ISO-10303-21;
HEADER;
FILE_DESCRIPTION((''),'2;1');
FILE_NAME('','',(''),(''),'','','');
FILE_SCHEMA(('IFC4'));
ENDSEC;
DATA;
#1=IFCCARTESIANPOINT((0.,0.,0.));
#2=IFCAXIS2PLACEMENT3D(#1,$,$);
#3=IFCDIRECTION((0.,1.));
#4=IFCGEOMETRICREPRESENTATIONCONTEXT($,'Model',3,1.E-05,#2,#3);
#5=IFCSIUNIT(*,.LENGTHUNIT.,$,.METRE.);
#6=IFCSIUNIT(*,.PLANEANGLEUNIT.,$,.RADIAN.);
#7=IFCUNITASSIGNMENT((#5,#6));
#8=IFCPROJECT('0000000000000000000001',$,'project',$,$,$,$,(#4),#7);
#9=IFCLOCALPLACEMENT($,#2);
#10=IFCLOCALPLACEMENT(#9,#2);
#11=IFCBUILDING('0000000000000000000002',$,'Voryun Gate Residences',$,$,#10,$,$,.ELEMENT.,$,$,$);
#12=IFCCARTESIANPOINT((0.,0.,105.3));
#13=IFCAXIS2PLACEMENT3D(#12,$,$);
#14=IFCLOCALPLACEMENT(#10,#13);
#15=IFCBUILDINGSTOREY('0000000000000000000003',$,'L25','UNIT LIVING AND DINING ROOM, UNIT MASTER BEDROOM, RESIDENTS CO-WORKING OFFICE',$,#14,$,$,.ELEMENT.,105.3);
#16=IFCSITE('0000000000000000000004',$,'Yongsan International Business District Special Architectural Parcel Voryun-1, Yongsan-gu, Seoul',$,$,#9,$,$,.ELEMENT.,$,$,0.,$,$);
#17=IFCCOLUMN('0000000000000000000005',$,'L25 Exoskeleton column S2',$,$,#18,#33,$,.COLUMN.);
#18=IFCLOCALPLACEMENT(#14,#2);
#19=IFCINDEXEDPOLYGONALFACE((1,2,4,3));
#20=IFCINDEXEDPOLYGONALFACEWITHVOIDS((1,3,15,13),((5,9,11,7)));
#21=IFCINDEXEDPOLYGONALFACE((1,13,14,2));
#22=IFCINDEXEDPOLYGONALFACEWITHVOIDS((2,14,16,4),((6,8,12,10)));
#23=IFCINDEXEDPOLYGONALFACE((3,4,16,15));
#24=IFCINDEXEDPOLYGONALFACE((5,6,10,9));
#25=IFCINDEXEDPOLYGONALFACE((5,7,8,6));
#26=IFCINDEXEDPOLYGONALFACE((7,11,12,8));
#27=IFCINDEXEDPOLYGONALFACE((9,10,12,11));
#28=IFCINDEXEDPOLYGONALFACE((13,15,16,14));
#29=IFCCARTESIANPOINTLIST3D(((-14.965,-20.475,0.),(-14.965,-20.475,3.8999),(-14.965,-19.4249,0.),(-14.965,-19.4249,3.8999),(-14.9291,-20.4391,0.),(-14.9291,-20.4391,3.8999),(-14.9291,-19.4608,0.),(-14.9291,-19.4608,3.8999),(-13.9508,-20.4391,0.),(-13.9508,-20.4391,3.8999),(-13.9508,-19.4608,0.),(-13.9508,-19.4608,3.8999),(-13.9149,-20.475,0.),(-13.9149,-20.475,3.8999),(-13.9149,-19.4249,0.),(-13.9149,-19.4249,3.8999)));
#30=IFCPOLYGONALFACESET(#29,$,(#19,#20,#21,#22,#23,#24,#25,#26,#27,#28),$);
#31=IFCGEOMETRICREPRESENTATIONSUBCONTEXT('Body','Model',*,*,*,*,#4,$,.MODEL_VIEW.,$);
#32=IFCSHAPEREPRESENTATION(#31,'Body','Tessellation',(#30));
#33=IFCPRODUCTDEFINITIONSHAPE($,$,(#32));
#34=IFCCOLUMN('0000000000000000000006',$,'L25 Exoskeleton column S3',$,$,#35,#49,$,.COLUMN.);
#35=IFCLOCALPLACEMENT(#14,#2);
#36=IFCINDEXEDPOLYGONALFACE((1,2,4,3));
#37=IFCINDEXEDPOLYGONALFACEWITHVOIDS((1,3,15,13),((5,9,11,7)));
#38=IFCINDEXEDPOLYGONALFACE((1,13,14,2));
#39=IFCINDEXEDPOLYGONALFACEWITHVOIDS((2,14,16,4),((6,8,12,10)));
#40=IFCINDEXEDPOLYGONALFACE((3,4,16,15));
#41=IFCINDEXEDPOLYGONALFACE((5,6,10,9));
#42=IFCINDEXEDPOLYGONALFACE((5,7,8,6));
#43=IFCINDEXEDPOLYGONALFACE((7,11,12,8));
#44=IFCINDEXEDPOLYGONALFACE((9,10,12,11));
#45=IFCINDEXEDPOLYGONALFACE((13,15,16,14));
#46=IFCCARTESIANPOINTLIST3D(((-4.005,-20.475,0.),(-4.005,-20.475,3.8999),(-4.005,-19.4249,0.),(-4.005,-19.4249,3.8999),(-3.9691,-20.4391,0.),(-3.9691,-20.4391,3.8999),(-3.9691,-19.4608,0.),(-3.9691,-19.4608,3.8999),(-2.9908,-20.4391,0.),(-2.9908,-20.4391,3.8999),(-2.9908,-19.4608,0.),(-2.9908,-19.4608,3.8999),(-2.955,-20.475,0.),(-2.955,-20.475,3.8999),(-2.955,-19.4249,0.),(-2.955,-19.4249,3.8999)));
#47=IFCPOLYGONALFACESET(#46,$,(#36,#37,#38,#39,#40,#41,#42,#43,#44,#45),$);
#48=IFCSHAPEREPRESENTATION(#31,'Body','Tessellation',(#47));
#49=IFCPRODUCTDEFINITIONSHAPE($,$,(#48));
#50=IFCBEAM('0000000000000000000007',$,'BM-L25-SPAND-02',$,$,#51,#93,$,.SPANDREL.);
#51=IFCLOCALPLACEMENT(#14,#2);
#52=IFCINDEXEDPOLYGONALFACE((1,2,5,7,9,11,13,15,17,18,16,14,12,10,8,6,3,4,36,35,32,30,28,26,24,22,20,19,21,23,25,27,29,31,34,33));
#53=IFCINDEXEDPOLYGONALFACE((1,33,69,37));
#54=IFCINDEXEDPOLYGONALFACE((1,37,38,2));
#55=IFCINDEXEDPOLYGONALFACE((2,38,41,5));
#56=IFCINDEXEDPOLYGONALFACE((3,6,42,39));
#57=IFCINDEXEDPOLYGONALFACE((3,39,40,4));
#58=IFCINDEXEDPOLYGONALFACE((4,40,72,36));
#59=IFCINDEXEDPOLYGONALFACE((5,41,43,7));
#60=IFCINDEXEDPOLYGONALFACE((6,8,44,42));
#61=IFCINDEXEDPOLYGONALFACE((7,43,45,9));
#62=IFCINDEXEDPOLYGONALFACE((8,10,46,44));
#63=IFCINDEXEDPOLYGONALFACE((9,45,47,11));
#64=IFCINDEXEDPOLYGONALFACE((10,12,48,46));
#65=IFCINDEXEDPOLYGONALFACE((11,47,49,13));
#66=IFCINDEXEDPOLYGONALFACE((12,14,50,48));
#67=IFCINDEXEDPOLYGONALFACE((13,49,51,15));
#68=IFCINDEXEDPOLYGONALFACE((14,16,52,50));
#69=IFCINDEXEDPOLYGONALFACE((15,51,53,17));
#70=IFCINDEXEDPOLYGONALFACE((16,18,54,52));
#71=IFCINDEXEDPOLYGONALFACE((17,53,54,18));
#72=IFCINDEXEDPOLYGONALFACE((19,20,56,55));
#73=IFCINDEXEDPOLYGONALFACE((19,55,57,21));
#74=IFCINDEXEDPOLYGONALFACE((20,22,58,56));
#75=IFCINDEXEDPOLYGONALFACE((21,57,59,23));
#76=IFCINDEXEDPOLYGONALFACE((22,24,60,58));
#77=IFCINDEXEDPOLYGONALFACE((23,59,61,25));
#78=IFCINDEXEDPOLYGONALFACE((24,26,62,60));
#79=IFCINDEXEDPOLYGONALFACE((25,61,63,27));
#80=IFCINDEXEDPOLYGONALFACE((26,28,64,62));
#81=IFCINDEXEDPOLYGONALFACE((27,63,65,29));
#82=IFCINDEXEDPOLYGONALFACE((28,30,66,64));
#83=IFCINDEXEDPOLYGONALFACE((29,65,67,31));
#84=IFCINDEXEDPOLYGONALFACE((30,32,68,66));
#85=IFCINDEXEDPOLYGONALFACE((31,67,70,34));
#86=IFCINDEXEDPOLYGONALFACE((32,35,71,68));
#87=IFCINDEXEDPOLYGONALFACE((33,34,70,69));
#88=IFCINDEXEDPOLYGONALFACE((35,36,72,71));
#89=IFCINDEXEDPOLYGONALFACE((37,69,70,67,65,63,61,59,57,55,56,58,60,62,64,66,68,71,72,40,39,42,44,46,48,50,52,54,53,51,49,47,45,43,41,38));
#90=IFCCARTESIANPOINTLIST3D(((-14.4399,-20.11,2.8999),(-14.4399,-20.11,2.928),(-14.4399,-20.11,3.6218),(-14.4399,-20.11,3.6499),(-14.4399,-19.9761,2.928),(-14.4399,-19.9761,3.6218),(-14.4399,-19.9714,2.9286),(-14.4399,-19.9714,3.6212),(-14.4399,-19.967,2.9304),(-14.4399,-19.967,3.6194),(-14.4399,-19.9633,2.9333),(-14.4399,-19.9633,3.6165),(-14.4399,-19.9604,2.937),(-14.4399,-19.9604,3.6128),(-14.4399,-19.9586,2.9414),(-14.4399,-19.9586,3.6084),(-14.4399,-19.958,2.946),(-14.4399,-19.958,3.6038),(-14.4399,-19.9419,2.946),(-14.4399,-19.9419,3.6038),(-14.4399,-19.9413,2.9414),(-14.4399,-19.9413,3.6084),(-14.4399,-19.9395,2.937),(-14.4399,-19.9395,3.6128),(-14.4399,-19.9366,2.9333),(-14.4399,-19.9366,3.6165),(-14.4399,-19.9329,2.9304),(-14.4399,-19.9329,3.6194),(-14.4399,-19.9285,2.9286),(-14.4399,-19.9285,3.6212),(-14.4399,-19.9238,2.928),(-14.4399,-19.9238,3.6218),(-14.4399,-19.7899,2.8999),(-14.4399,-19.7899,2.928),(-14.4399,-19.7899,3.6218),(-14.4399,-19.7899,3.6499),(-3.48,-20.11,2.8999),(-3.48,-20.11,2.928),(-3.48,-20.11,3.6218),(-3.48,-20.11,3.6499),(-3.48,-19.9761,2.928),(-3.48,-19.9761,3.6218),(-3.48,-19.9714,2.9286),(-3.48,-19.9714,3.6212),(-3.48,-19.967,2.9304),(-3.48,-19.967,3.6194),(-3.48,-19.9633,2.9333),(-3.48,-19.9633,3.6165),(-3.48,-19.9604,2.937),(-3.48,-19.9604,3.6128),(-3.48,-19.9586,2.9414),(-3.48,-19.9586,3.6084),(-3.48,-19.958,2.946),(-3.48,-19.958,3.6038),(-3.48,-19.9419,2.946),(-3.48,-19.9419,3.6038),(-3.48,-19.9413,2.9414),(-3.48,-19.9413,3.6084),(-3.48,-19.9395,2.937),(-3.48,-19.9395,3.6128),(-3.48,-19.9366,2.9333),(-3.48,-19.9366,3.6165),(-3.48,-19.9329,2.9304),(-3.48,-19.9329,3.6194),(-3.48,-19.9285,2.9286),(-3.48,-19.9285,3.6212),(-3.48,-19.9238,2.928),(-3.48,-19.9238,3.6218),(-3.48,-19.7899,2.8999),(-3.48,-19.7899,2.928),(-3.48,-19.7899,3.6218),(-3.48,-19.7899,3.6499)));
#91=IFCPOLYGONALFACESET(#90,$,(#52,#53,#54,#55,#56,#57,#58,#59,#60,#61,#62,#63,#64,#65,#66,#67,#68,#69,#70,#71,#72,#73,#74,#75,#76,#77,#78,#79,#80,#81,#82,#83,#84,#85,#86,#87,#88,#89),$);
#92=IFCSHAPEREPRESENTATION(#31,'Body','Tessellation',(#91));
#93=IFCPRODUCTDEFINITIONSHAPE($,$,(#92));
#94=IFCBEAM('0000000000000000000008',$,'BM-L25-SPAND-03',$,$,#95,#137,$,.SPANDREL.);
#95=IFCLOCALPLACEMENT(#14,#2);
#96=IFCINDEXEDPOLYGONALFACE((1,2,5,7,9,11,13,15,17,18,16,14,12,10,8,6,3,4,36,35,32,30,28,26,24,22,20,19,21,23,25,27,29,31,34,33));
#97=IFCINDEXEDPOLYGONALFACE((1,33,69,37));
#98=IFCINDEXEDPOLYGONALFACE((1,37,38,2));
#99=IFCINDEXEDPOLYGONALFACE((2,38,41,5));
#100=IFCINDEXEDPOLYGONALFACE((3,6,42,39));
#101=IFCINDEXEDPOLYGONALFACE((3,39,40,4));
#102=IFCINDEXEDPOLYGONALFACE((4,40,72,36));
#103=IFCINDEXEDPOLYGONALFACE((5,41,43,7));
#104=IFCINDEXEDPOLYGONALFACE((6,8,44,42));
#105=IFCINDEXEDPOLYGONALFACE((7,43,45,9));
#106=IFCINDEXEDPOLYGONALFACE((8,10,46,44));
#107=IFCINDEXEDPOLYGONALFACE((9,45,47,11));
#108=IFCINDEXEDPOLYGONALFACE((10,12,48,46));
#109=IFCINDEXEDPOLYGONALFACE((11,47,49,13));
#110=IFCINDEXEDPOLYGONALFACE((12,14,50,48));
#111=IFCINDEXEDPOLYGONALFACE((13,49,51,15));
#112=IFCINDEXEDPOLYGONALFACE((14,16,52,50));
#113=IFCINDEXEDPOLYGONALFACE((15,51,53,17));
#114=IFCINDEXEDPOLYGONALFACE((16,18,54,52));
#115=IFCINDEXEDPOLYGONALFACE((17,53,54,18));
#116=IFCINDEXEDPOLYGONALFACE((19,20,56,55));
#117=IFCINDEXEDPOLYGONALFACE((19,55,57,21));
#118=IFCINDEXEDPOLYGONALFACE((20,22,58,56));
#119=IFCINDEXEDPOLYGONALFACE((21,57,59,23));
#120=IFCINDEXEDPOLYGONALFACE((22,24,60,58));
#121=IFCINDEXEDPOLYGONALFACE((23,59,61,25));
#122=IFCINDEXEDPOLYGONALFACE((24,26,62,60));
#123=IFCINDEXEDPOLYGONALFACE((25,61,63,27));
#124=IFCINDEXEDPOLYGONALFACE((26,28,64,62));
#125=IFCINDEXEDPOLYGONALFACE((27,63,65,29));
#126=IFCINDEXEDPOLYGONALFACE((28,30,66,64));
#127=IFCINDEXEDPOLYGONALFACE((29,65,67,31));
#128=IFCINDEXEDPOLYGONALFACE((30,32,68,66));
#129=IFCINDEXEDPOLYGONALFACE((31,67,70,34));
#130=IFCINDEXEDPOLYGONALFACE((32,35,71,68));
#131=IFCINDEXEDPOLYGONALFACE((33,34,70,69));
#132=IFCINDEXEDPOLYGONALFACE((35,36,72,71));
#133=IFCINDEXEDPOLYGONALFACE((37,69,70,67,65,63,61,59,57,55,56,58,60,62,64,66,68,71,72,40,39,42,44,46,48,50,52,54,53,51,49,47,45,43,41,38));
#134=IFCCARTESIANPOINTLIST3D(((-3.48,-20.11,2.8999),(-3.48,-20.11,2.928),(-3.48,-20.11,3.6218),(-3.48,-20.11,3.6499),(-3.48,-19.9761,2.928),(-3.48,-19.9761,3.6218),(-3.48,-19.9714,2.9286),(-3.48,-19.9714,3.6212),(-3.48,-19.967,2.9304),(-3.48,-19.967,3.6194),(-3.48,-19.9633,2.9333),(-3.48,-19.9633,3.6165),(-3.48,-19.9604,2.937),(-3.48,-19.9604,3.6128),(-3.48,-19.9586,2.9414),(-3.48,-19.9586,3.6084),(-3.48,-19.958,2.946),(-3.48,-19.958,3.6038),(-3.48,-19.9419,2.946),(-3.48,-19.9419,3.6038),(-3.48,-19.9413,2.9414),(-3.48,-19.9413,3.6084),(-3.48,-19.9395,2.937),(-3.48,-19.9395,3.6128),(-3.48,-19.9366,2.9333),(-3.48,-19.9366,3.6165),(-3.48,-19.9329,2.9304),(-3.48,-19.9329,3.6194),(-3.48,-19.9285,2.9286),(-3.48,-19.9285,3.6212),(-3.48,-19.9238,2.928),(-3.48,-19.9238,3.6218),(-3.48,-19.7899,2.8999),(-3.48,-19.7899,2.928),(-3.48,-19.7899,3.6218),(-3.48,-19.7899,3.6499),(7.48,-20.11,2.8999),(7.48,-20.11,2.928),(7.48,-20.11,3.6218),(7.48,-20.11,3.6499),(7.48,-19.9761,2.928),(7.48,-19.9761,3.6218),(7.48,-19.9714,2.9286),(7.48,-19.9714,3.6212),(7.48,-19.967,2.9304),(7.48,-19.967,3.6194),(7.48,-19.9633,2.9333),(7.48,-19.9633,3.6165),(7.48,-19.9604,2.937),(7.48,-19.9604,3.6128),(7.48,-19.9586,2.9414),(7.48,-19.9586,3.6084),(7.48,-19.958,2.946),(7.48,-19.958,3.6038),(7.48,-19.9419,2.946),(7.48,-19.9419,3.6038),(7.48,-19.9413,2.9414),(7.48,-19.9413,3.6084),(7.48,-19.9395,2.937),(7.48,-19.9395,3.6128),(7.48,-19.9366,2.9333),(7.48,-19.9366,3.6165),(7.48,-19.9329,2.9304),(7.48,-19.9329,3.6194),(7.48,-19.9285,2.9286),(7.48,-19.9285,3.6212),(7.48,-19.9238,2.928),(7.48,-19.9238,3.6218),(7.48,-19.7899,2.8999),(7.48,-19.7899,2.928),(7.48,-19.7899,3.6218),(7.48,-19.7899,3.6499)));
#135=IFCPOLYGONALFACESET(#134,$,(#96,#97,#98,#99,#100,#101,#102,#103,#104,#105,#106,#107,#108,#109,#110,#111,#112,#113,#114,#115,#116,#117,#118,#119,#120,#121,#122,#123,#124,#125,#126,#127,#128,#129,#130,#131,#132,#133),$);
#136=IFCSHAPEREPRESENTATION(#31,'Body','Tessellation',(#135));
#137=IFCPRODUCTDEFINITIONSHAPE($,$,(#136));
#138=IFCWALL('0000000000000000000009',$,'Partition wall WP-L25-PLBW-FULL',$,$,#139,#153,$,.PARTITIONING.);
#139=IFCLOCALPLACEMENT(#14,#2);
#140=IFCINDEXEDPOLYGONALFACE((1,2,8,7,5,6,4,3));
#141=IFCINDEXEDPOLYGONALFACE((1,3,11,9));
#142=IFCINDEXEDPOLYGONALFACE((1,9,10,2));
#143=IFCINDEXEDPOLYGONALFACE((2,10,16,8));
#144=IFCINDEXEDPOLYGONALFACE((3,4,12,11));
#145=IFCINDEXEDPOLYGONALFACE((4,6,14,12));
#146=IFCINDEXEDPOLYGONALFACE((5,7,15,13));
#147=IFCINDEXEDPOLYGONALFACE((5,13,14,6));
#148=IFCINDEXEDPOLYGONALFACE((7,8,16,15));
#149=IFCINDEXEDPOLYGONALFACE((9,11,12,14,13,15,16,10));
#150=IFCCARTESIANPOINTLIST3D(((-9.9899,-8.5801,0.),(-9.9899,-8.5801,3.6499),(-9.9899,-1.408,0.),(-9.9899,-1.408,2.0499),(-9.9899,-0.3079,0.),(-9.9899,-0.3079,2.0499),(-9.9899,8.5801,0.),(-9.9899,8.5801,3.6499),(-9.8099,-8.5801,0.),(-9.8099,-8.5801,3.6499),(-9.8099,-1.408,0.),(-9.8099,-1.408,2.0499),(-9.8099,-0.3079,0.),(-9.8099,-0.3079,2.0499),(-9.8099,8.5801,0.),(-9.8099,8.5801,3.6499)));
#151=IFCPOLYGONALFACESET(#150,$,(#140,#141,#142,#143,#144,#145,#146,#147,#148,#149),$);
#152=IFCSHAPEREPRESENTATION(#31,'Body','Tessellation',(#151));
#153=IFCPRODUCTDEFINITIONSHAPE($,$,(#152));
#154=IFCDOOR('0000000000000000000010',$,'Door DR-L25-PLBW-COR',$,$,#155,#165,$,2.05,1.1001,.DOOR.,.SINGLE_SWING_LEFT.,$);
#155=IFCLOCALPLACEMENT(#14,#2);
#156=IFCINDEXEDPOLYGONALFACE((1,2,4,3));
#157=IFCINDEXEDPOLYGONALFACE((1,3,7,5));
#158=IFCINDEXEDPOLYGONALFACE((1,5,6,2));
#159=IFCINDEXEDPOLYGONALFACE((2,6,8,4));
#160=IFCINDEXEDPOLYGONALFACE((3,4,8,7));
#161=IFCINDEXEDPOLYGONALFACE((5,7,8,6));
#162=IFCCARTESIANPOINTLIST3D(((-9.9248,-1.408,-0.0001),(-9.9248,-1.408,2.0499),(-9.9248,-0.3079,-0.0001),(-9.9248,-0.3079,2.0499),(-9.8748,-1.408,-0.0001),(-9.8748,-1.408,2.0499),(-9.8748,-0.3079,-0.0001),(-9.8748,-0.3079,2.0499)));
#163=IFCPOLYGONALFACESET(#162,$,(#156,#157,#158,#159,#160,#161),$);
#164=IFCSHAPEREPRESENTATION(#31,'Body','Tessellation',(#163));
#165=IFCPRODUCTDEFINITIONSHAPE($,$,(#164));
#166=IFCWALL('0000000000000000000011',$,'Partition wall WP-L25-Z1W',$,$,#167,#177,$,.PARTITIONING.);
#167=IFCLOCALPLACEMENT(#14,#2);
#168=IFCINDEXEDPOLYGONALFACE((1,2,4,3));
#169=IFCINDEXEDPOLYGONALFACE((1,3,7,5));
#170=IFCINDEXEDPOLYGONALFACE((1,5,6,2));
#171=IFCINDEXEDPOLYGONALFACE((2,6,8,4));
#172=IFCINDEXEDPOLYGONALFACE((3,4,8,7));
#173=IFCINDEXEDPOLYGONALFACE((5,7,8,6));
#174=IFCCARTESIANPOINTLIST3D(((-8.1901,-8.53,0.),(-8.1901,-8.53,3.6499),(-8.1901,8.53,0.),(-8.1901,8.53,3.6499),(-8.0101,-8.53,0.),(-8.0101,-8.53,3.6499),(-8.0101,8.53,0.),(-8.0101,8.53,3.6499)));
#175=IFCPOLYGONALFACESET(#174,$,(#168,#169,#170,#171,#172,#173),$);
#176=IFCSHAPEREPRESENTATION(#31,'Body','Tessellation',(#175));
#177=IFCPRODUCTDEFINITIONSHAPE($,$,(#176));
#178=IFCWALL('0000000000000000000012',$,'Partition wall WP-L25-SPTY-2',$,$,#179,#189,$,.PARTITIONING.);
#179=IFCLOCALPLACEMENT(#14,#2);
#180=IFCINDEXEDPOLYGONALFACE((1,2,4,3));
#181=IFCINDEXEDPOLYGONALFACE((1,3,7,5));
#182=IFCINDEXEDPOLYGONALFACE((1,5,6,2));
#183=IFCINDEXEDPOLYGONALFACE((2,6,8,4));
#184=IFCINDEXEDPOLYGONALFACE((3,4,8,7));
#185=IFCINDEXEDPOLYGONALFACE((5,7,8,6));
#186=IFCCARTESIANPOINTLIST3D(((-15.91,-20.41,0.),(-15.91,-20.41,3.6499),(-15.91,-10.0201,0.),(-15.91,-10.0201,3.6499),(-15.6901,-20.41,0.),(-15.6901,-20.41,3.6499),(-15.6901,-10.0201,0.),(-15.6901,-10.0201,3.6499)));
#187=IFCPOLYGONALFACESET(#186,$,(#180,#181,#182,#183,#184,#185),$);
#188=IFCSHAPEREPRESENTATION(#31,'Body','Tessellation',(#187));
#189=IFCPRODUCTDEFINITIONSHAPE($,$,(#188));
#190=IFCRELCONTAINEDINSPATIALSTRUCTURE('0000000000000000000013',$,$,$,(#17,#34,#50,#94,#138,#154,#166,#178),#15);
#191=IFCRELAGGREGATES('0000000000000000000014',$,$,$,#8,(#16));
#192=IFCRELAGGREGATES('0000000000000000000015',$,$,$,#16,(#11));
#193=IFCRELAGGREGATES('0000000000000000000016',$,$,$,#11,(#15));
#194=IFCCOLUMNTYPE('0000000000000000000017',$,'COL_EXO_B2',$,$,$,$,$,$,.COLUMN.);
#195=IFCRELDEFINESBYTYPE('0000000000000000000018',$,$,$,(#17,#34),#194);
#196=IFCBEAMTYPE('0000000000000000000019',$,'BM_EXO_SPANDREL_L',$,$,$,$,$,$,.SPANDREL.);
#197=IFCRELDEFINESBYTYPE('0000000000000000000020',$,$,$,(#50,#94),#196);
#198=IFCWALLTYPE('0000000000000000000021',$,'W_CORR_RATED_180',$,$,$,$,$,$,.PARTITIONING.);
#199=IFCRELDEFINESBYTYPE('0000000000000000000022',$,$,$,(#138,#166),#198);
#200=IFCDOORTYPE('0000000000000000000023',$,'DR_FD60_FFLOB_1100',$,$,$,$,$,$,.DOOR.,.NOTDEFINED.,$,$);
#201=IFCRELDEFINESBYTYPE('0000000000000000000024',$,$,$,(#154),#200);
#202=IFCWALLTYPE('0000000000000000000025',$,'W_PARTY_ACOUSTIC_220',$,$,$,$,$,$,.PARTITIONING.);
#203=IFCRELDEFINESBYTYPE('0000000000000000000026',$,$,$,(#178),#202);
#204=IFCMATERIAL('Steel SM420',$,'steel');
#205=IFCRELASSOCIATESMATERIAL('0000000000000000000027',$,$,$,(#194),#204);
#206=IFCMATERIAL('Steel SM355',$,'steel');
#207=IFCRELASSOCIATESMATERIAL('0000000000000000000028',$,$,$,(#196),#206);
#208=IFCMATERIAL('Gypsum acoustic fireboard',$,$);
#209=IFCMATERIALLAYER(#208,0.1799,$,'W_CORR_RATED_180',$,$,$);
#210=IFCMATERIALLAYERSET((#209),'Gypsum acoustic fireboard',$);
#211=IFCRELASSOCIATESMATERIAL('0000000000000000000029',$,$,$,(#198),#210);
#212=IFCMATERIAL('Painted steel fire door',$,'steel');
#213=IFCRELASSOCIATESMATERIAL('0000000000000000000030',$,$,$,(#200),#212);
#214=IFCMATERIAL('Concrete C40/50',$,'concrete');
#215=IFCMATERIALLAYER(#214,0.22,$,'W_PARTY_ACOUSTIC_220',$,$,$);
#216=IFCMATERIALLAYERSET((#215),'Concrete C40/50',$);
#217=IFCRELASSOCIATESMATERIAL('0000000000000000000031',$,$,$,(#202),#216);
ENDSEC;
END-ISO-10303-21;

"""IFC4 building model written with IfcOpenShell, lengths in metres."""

from ifc_helpers import new_model, si_unit, direction, frame, frame_2d, origin, origin_2d, place, context, subcontext, project, spatial, rectangle, hollow_rectangle, i_section, extrude, material, layer, layer_set, material_profile, profile_set, type_object, element, fill, save


model = new_model("IFC4")

# Units and contexts
model_context = context("Model", 3, precision=1e-05, world=origin(), true_north=direction((0.0, 1.0)))
body_context = subcontext(model_context, "Body", "Model", "MODEL_VIEW")
ifc_project = project(units=[si_unit("LENGTHUNIT", "METRE"), si_unit("PLANEANGLEUNIT", "RADIAN")], contexts=[model_context])

# Site, building, storey
site_placement = place(None, origin())
site = spatial("IfcSite", under=ifc_project, at=site_placement, Name="Yongsan International Business District Special Architectural Parcel Voryun-1, Yongsan-gu, Seoul", CompositionType="ELEMENT", RefElevation=0.0)
building_placement = place(site_placement, origin())
building = spatial("IfcBuilding", under=site, at=building_placement, Name="Voryun Gate Residences", CompositionType="ELEMENT")
storey_placement = place(building_placement, frame((0.0, 0.0, 105.3)))
storey = spatial("IfcBuildingStorey", under=building, at=storey_placement, Name="L25", Description="UNIT LIVING AND DINING ROOM, UNIT MASTER BEDROOM, RESIDENTS CO-WORKING OFFICE", CompositionType="ELEMENT", Elevation=105.3)

# Columns
ifc_material_1 = material(Name="Steel SM420", Category="steel")
ifc_material_profile_1 = material_profile(ifc_material_1, hollow_rectangle(XDim=1.05, YDim=1.05, WallThickness=0.0359, at=origin_2d()), Name="BOX-1050x1050x36")
ifc_profile_set_1 = profile_set([ifc_material_profile_1], Name="Steel SM420")
column_type = type_object("IfcColumnType", Name="COL_EXO_B2", PredefinedType="COLUMN", material=ifc_profile_set_1)
for number, where, z_axis, x_axis, name in (
    (1, (-14.4399, -19.95, 0.0), (0.0, 0.0, 1.0), (1.0, 0.0, 0.0), "L25 Exoskeleton column S2"),
    (2, (-3.48, -19.95, 0.0), (0.0, 0.0, 1.0), (1.0, 0.0, 0.0), "L25 Exoskeleton column S3"),
):
    element("IfcColumn", number, at=place(storey_placement, frame(where, z_axis=z_axis, x_axis=x_axis)), inside=storey, type_object=column_type, Name=name, PredefinedType="COLUMN", context=body_context, shape_type="SweptSolid", body=[
        extrude(hollow_rectangle(XDim=1.05, YDim=1.05, WallThickness=0.0359, at=origin_2d()), origin(), (0.0, 0.0, 1.0), 3.8999),
    ])

# Beams
ifc_material_2 = material(Name="Steel SM355", Category="steel")
ifc_material_profile_2 = material_profile(ifc_material_2, i_section(OverallWidth=0.3201, OverallDepth=0.75, WebThickness=0.0161, FlangeThickness=0.0281, FilletRadius=0.0181, at=origin_2d()), Name="H-750x320x16x28")
ifc_profile_set_2 = profile_set([ifc_material_profile_2], Name="Steel SM355")
beam_type = type_object("IfcBeamType", Name="BM_EXO_SPANDREL_L", PredefinedType="SPANDREL", material=ifc_profile_set_2)
for number, where, z_axis, x_axis, name in (
    (3, (-14.4399, -19.95, 3.2749), (1.0, 0.0, 0.0), (0.0, 1.0, 0.0), "BM-L25-SPAND-02"),
    (4, (-3.48, -19.95, 3.2749), (1.0, 0.0, 0.0), (0.0, 1.0, 0.0), "BM-L25-SPAND-03"),
):
    element("IfcBeam", number, at=place(storey_placement, frame(where, z_axis=z_axis, x_axis=x_axis)), inside=storey, type_object=beam_type, Name=name, PredefinedType="SPANDREL", context=body_context, shape_type="SweptSolid", body=[
        extrude(i_section(OverallWidth=0.3201, OverallDepth=0.75, WebThickness=0.0161, FlangeThickness=0.0281, FilletRadius=0.0181, at=origin_2d()), origin(), (0.0, 0.0, 1.0), 10.96),
    ])

# Wall, opening, door
ifc_material_3 = material(Name="Gypsum acoustic fireboard")
ifc_layer_1 = layer(ifc_material_3, 0.1799, Name="W_CORR_RATED_180")
ifc_layer_set_1 = layer_set([ifc_layer_1], Name="Gypsum acoustic fireboard")
wall_type_1 = type_object("IfcWallType", Name="W_CORR_RATED_180", PredefinedType="PARTITIONING", material=ifc_layer_set_1)
wall_1_placement = place(storey_placement, frame((-9.8999, -8.5801, 0.0), z_axis=(0.0, 0.0, 1.0), x_axis=(0.0, 1.0, 0.0)))
wall_1 = element("IfcWall", 5, at=wall_1_placement, inside=storey, type_object=wall_type_1, Name="Partition wall WP-L25-PLBW-FULL", PredefinedType="PARTITIONING", context=body_context, shape_type="SweptSolid", body=[
    extrude(rectangle(XDim=17.1602, YDim=0.1799, at=frame_2d((8.5801, 0.0))), origin(), (0.0, 0.0, 1.0), 3.6499),
])
opening_1_placement = place(wall_1_placement, frame((7.1721, 0.0, 0.0)))
opening_1 = element("IfcOpeningElement", 6, at=opening_1_placement, cuts=wall_1, PredefinedType="OPENING", context=body_context, shape_type="SweptSolid", body=[
    extrude(rectangle(XDim=1.1001, YDim=2.05, at=frame_2d((0.55, 1.0249))), frame((0.0, 0.0999, 0.0), z_axis=(0.0, -1.0, 0.0), x_axis=(1.0, 0.0, 0.0)), (0.0, 0.0, 1.0), 0.2),
])
ifc_material_4 = material(Name="Painted steel fire door", Category="steel")
door_type_1 = type_object("IfcDoorType", Name="DR_FD60_FFLOB_1100", OperationType="NOTDEFINED", PredefinedType="DOOR", material=ifc_material_4)
door_1_placement = place(opening_1_placement, origin())
door_1 = element("IfcDoor", 7, at=door_1_placement, inside=storey, type_object=door_type_1, Name="Door DR-L25-PLBW-COR", OperationType="SINGLE_SWING_LEFT", OverallHeight=2.05, OverallWidth=1.1001, PredefinedType="DOOR", context=body_context, shape_type="SweptSolid", body=[
    extrude(rectangle(XDim=1.1001, YDim=2.05, at=frame_2d((0.55, 1.0249))), frame((0.0, 0.0249, 0.0), z_axis=(0.0, -1.0, 0.0), x_axis=(1.0, 0.0, 0.0)), (0.0, 0.0, 1.0), 0.05),
])
fill(opening_1, door_1)

# Walls
wall_2_placement = place(storey_placement, frame((-8.1001, -8.53, 0.0), z_axis=(0.0, 0.0, 1.0), x_axis=(0.0, 1.0, 0.0)))
element("IfcWall", 8, at=wall_2_placement, inside=storey, type_object=wall_type_1, Name="Partition wall WP-L25-Z1W", PredefinedType="PARTITIONING", context=body_context, shape_type="SweptSolid", body=[
    extrude(rectangle(XDim=17.0601, YDim=0.1799, at=frame_2d((8.53, 0.0))), origin(), (0.0, 0.0, 1.0), 3.6499),
])
ifc_material_5 = material(Name="Concrete C40/50", Category="concrete")
ifc_layer_2 = layer(ifc_material_5, 0.22, Name="W_PARTY_ACOUSTIC_220")
ifc_layer_set_2 = layer_set([ifc_layer_2], Name="Concrete C40/50")
wall_type_2 = type_object("IfcWallType", Name="W_PARTY_ACOUSTIC_220", PredefinedType="PARTITIONING", material=ifc_layer_set_2)
for number, where, z_axis, x_axis, name in (
    (9, (-15.8, -20.4099, 0.0), (0.0, 0.0, 1.0), (0.0, 1.0, 0.0), "Partition wall WP-L25-SPTY-2"),
):
    element("IfcWall", number, at=place(storey_placement, frame(where, z_axis=z_axis, x_axis=x_axis)), inside=storey, type_object=wall_type_2, Name=name, PredefinedType="PARTITIONING", context=body_context, shape_type="SweptSolid", body=[
        extrude(rectangle(XDim=10.3899, YDim=0.22, at=frame_2d((5.1948, 0.0))), origin(), (0.0, 0.0, 1.0), 3.6499),
    ])

save(model, "model.ifc")
